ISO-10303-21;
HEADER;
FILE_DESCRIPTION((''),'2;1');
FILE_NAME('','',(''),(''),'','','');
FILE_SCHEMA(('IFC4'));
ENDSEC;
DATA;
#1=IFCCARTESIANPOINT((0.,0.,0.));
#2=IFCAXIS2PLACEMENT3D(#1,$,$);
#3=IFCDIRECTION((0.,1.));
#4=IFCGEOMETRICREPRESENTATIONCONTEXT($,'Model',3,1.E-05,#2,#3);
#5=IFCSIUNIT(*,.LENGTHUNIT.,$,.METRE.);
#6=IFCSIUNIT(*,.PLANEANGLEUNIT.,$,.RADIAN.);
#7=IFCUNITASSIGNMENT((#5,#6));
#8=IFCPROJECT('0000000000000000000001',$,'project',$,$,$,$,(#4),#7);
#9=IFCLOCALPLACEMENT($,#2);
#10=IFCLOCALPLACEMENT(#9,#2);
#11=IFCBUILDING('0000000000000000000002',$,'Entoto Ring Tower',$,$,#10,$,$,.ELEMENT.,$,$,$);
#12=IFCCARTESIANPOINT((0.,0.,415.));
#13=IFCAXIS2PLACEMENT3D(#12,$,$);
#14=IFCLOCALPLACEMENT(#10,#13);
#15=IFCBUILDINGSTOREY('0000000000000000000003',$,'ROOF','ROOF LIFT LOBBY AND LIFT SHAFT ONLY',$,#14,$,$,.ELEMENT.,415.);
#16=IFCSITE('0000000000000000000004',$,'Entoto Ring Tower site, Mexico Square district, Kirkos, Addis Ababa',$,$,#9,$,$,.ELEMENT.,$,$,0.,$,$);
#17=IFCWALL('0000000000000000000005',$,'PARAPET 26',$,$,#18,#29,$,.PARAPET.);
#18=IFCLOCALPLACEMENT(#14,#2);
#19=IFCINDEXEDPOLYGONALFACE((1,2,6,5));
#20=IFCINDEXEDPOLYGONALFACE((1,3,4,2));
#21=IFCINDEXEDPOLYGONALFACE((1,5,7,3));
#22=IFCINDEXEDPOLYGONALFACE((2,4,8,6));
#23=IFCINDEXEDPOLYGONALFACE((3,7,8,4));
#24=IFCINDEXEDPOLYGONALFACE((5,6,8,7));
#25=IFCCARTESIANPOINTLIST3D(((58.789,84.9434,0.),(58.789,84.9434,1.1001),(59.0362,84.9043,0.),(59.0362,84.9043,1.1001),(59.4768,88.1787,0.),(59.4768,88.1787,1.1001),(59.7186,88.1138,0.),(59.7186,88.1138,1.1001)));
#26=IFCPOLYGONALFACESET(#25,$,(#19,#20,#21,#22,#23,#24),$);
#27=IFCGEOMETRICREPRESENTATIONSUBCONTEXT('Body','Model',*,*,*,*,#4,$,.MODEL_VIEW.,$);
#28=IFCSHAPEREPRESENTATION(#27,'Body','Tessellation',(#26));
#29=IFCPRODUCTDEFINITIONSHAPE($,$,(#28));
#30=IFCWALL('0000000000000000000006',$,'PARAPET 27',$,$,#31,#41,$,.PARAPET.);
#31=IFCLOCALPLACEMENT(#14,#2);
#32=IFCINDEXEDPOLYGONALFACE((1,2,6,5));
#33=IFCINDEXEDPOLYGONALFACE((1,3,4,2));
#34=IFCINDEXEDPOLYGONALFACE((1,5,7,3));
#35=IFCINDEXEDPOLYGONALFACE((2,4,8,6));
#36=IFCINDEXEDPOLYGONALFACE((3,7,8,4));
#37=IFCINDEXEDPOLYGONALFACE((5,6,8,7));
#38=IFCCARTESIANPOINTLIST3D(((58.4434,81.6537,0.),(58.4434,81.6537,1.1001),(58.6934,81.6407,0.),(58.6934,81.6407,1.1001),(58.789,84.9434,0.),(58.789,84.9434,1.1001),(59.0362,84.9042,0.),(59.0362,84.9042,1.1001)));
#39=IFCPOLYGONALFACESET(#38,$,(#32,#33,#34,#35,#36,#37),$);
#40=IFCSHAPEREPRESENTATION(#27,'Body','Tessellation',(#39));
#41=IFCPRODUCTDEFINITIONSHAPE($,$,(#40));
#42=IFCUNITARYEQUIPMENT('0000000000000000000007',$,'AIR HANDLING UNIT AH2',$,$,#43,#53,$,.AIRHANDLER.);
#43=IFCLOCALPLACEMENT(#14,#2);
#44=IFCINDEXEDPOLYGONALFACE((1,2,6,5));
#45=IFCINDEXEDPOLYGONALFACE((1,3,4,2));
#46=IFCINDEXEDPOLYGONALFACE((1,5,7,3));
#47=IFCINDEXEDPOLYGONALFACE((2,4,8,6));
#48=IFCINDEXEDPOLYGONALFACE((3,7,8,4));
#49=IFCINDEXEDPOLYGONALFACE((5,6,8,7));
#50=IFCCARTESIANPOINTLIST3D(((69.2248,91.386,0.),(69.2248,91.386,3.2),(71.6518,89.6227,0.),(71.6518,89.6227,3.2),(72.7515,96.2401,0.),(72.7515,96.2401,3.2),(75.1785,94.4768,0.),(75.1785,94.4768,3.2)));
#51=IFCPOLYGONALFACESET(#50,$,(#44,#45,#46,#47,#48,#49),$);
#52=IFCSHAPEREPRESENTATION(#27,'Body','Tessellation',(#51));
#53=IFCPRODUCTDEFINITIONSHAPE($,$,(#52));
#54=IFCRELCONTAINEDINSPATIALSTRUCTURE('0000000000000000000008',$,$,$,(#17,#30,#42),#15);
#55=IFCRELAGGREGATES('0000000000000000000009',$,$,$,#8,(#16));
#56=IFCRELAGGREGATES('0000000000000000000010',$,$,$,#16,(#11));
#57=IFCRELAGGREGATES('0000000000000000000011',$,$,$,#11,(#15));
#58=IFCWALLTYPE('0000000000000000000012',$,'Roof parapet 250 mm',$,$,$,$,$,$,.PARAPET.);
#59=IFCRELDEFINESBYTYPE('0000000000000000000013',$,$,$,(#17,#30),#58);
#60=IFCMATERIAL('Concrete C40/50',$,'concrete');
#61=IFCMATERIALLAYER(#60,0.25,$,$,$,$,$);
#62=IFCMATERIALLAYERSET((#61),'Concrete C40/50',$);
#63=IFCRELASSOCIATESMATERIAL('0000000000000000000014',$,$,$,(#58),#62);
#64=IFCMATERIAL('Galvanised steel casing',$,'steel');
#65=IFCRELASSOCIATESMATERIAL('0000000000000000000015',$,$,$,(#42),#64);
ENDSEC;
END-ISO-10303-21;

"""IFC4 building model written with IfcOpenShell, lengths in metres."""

from ifc_helpers import new_model, si_unit, direction, frame, origin, origin_2d, place, context, subcontext, project, spatial, polyline, rectangle, outline, extrude, material, layer, layer_set, type_object, element, save


model = new_model("IFC4")

# Units and contexts
model_context = context("Model", 3, precision=1e-05, world=origin(), true_north=direction((0.0, 1.0)))
body_context = subcontext(model_context, "Body", "Model", "MODEL_VIEW")
ifc_project = project(units=[si_unit("LENGTHUNIT", "METRE"), si_unit("PLANEANGLEUNIT", "RADIAN")], contexts=[model_context])

# Site, building, storey
site_placement = place(None, origin())
site = spatial("IfcSite", under=ifc_project, at=site_placement, Name="Entoto Ring Tower site, Mexico Square district, Kirkos, Addis Ababa", CompositionType="ELEMENT", RefElevation=0.0)
building_placement = place(site_placement, origin())
building = spatial("IfcBuilding", under=site, at=building_placement, Name="Entoto Ring Tower", CompositionType="ELEMENT")
storey_placement = place(building_placement, frame((0.0, 0.0, 415.0)))
storey = spatial("IfcBuildingStorey", under=building, at=storey_placement, Name="ROOF", Description="ROOF LIFT LOBBY AND LIFT SHAFT ONLY", CompositionType="ELEMENT", Elevation=415.0)

# Walls
ifc_material_1 = material(Name="Concrete C40/50", Category="concrete")
ifc_layer_1 = layer(ifc_material_1, 0.25)
ifc_layer_set_1 = layer_set([ifc_layer_1], Name="Concrete C40/50")
wall_type_1 = type_object("IfcWallType", Name="Roof parapet 250 mm", PredefinedType="PARAPET", material=ifc_layer_set_1)
for number, where, z_axis, x_axis, name in (
    (1, (59.5977, 88.1462, 0.0), (0.0, 0.0, 1.0), (-0.207945, -0.978141, 0.0), "PARAPET 26"),
):
    element("IfcWall", number, at=place(storey_placement, frame(where, z_axis=z_axis, x_axis=x_axis)), inside=storey, type_object=wall_type_1, Name=name, PredefinedType="PARAPET", context=body_context, shape_type="SweptSolid", body=[
        extrude(outline(polyline([(-0.0066, -0.125), (3.301, -0.125), (3.2878, 0.125), (0.0066, 0.125), (-0.0066, -0.125)])), origin(), (0.0, 0.0, 1.0), 1.1001),
    ])
wall_1_placement = place(storey_placement, frame((58.9126, 84.9238, 0.0), z_axis=(0.0, 0.0, 1.0), x_axis=(-0.104484, -0.994527, 0.0)))
element("IfcWall", 2, at=wall_1_placement, inside=storey, type_object=wall_type_1, Name="PARAPET 27", PredefinedType="PARAPET", context=body_context, shape_type="SweptSolid", body=[
    extrude(outline(polyline([(-0.0066, -0.125), (3.3013, -0.125), (3.2881, 0.125), (0.0066, 0.125), (-0.0066, -0.125)])), origin(), (0.0, 0.0, 1.0), 1.1001),
])

# Unitary equipment
ifc_material_2 = material(Name="Galvanised steel casing", Category="steel")
unitary_equipment_placement = place(storey_placement, frame((72.2017, 92.9314, 0.0), z_axis=(0.0, 0.0, 1.0), x_axis=(-0.809017, 0.587785, 0.0)))
element("IfcUnitaryEquipment", 3, at=unitary_equipment_placement, inside=storey, material=ifc_material_2, Name="AIR HANDLING UNIT AH2", PredefinedType="AIRHANDLER", context=body_context, shape_type="SweptSolid", body=[
    extrude(rectangle(XDim=3.0, YDim=6.0, at=origin_2d()), origin(), (0.0, 0.0, 1.0), 3.2),
])

save(model, "model.ifc")
